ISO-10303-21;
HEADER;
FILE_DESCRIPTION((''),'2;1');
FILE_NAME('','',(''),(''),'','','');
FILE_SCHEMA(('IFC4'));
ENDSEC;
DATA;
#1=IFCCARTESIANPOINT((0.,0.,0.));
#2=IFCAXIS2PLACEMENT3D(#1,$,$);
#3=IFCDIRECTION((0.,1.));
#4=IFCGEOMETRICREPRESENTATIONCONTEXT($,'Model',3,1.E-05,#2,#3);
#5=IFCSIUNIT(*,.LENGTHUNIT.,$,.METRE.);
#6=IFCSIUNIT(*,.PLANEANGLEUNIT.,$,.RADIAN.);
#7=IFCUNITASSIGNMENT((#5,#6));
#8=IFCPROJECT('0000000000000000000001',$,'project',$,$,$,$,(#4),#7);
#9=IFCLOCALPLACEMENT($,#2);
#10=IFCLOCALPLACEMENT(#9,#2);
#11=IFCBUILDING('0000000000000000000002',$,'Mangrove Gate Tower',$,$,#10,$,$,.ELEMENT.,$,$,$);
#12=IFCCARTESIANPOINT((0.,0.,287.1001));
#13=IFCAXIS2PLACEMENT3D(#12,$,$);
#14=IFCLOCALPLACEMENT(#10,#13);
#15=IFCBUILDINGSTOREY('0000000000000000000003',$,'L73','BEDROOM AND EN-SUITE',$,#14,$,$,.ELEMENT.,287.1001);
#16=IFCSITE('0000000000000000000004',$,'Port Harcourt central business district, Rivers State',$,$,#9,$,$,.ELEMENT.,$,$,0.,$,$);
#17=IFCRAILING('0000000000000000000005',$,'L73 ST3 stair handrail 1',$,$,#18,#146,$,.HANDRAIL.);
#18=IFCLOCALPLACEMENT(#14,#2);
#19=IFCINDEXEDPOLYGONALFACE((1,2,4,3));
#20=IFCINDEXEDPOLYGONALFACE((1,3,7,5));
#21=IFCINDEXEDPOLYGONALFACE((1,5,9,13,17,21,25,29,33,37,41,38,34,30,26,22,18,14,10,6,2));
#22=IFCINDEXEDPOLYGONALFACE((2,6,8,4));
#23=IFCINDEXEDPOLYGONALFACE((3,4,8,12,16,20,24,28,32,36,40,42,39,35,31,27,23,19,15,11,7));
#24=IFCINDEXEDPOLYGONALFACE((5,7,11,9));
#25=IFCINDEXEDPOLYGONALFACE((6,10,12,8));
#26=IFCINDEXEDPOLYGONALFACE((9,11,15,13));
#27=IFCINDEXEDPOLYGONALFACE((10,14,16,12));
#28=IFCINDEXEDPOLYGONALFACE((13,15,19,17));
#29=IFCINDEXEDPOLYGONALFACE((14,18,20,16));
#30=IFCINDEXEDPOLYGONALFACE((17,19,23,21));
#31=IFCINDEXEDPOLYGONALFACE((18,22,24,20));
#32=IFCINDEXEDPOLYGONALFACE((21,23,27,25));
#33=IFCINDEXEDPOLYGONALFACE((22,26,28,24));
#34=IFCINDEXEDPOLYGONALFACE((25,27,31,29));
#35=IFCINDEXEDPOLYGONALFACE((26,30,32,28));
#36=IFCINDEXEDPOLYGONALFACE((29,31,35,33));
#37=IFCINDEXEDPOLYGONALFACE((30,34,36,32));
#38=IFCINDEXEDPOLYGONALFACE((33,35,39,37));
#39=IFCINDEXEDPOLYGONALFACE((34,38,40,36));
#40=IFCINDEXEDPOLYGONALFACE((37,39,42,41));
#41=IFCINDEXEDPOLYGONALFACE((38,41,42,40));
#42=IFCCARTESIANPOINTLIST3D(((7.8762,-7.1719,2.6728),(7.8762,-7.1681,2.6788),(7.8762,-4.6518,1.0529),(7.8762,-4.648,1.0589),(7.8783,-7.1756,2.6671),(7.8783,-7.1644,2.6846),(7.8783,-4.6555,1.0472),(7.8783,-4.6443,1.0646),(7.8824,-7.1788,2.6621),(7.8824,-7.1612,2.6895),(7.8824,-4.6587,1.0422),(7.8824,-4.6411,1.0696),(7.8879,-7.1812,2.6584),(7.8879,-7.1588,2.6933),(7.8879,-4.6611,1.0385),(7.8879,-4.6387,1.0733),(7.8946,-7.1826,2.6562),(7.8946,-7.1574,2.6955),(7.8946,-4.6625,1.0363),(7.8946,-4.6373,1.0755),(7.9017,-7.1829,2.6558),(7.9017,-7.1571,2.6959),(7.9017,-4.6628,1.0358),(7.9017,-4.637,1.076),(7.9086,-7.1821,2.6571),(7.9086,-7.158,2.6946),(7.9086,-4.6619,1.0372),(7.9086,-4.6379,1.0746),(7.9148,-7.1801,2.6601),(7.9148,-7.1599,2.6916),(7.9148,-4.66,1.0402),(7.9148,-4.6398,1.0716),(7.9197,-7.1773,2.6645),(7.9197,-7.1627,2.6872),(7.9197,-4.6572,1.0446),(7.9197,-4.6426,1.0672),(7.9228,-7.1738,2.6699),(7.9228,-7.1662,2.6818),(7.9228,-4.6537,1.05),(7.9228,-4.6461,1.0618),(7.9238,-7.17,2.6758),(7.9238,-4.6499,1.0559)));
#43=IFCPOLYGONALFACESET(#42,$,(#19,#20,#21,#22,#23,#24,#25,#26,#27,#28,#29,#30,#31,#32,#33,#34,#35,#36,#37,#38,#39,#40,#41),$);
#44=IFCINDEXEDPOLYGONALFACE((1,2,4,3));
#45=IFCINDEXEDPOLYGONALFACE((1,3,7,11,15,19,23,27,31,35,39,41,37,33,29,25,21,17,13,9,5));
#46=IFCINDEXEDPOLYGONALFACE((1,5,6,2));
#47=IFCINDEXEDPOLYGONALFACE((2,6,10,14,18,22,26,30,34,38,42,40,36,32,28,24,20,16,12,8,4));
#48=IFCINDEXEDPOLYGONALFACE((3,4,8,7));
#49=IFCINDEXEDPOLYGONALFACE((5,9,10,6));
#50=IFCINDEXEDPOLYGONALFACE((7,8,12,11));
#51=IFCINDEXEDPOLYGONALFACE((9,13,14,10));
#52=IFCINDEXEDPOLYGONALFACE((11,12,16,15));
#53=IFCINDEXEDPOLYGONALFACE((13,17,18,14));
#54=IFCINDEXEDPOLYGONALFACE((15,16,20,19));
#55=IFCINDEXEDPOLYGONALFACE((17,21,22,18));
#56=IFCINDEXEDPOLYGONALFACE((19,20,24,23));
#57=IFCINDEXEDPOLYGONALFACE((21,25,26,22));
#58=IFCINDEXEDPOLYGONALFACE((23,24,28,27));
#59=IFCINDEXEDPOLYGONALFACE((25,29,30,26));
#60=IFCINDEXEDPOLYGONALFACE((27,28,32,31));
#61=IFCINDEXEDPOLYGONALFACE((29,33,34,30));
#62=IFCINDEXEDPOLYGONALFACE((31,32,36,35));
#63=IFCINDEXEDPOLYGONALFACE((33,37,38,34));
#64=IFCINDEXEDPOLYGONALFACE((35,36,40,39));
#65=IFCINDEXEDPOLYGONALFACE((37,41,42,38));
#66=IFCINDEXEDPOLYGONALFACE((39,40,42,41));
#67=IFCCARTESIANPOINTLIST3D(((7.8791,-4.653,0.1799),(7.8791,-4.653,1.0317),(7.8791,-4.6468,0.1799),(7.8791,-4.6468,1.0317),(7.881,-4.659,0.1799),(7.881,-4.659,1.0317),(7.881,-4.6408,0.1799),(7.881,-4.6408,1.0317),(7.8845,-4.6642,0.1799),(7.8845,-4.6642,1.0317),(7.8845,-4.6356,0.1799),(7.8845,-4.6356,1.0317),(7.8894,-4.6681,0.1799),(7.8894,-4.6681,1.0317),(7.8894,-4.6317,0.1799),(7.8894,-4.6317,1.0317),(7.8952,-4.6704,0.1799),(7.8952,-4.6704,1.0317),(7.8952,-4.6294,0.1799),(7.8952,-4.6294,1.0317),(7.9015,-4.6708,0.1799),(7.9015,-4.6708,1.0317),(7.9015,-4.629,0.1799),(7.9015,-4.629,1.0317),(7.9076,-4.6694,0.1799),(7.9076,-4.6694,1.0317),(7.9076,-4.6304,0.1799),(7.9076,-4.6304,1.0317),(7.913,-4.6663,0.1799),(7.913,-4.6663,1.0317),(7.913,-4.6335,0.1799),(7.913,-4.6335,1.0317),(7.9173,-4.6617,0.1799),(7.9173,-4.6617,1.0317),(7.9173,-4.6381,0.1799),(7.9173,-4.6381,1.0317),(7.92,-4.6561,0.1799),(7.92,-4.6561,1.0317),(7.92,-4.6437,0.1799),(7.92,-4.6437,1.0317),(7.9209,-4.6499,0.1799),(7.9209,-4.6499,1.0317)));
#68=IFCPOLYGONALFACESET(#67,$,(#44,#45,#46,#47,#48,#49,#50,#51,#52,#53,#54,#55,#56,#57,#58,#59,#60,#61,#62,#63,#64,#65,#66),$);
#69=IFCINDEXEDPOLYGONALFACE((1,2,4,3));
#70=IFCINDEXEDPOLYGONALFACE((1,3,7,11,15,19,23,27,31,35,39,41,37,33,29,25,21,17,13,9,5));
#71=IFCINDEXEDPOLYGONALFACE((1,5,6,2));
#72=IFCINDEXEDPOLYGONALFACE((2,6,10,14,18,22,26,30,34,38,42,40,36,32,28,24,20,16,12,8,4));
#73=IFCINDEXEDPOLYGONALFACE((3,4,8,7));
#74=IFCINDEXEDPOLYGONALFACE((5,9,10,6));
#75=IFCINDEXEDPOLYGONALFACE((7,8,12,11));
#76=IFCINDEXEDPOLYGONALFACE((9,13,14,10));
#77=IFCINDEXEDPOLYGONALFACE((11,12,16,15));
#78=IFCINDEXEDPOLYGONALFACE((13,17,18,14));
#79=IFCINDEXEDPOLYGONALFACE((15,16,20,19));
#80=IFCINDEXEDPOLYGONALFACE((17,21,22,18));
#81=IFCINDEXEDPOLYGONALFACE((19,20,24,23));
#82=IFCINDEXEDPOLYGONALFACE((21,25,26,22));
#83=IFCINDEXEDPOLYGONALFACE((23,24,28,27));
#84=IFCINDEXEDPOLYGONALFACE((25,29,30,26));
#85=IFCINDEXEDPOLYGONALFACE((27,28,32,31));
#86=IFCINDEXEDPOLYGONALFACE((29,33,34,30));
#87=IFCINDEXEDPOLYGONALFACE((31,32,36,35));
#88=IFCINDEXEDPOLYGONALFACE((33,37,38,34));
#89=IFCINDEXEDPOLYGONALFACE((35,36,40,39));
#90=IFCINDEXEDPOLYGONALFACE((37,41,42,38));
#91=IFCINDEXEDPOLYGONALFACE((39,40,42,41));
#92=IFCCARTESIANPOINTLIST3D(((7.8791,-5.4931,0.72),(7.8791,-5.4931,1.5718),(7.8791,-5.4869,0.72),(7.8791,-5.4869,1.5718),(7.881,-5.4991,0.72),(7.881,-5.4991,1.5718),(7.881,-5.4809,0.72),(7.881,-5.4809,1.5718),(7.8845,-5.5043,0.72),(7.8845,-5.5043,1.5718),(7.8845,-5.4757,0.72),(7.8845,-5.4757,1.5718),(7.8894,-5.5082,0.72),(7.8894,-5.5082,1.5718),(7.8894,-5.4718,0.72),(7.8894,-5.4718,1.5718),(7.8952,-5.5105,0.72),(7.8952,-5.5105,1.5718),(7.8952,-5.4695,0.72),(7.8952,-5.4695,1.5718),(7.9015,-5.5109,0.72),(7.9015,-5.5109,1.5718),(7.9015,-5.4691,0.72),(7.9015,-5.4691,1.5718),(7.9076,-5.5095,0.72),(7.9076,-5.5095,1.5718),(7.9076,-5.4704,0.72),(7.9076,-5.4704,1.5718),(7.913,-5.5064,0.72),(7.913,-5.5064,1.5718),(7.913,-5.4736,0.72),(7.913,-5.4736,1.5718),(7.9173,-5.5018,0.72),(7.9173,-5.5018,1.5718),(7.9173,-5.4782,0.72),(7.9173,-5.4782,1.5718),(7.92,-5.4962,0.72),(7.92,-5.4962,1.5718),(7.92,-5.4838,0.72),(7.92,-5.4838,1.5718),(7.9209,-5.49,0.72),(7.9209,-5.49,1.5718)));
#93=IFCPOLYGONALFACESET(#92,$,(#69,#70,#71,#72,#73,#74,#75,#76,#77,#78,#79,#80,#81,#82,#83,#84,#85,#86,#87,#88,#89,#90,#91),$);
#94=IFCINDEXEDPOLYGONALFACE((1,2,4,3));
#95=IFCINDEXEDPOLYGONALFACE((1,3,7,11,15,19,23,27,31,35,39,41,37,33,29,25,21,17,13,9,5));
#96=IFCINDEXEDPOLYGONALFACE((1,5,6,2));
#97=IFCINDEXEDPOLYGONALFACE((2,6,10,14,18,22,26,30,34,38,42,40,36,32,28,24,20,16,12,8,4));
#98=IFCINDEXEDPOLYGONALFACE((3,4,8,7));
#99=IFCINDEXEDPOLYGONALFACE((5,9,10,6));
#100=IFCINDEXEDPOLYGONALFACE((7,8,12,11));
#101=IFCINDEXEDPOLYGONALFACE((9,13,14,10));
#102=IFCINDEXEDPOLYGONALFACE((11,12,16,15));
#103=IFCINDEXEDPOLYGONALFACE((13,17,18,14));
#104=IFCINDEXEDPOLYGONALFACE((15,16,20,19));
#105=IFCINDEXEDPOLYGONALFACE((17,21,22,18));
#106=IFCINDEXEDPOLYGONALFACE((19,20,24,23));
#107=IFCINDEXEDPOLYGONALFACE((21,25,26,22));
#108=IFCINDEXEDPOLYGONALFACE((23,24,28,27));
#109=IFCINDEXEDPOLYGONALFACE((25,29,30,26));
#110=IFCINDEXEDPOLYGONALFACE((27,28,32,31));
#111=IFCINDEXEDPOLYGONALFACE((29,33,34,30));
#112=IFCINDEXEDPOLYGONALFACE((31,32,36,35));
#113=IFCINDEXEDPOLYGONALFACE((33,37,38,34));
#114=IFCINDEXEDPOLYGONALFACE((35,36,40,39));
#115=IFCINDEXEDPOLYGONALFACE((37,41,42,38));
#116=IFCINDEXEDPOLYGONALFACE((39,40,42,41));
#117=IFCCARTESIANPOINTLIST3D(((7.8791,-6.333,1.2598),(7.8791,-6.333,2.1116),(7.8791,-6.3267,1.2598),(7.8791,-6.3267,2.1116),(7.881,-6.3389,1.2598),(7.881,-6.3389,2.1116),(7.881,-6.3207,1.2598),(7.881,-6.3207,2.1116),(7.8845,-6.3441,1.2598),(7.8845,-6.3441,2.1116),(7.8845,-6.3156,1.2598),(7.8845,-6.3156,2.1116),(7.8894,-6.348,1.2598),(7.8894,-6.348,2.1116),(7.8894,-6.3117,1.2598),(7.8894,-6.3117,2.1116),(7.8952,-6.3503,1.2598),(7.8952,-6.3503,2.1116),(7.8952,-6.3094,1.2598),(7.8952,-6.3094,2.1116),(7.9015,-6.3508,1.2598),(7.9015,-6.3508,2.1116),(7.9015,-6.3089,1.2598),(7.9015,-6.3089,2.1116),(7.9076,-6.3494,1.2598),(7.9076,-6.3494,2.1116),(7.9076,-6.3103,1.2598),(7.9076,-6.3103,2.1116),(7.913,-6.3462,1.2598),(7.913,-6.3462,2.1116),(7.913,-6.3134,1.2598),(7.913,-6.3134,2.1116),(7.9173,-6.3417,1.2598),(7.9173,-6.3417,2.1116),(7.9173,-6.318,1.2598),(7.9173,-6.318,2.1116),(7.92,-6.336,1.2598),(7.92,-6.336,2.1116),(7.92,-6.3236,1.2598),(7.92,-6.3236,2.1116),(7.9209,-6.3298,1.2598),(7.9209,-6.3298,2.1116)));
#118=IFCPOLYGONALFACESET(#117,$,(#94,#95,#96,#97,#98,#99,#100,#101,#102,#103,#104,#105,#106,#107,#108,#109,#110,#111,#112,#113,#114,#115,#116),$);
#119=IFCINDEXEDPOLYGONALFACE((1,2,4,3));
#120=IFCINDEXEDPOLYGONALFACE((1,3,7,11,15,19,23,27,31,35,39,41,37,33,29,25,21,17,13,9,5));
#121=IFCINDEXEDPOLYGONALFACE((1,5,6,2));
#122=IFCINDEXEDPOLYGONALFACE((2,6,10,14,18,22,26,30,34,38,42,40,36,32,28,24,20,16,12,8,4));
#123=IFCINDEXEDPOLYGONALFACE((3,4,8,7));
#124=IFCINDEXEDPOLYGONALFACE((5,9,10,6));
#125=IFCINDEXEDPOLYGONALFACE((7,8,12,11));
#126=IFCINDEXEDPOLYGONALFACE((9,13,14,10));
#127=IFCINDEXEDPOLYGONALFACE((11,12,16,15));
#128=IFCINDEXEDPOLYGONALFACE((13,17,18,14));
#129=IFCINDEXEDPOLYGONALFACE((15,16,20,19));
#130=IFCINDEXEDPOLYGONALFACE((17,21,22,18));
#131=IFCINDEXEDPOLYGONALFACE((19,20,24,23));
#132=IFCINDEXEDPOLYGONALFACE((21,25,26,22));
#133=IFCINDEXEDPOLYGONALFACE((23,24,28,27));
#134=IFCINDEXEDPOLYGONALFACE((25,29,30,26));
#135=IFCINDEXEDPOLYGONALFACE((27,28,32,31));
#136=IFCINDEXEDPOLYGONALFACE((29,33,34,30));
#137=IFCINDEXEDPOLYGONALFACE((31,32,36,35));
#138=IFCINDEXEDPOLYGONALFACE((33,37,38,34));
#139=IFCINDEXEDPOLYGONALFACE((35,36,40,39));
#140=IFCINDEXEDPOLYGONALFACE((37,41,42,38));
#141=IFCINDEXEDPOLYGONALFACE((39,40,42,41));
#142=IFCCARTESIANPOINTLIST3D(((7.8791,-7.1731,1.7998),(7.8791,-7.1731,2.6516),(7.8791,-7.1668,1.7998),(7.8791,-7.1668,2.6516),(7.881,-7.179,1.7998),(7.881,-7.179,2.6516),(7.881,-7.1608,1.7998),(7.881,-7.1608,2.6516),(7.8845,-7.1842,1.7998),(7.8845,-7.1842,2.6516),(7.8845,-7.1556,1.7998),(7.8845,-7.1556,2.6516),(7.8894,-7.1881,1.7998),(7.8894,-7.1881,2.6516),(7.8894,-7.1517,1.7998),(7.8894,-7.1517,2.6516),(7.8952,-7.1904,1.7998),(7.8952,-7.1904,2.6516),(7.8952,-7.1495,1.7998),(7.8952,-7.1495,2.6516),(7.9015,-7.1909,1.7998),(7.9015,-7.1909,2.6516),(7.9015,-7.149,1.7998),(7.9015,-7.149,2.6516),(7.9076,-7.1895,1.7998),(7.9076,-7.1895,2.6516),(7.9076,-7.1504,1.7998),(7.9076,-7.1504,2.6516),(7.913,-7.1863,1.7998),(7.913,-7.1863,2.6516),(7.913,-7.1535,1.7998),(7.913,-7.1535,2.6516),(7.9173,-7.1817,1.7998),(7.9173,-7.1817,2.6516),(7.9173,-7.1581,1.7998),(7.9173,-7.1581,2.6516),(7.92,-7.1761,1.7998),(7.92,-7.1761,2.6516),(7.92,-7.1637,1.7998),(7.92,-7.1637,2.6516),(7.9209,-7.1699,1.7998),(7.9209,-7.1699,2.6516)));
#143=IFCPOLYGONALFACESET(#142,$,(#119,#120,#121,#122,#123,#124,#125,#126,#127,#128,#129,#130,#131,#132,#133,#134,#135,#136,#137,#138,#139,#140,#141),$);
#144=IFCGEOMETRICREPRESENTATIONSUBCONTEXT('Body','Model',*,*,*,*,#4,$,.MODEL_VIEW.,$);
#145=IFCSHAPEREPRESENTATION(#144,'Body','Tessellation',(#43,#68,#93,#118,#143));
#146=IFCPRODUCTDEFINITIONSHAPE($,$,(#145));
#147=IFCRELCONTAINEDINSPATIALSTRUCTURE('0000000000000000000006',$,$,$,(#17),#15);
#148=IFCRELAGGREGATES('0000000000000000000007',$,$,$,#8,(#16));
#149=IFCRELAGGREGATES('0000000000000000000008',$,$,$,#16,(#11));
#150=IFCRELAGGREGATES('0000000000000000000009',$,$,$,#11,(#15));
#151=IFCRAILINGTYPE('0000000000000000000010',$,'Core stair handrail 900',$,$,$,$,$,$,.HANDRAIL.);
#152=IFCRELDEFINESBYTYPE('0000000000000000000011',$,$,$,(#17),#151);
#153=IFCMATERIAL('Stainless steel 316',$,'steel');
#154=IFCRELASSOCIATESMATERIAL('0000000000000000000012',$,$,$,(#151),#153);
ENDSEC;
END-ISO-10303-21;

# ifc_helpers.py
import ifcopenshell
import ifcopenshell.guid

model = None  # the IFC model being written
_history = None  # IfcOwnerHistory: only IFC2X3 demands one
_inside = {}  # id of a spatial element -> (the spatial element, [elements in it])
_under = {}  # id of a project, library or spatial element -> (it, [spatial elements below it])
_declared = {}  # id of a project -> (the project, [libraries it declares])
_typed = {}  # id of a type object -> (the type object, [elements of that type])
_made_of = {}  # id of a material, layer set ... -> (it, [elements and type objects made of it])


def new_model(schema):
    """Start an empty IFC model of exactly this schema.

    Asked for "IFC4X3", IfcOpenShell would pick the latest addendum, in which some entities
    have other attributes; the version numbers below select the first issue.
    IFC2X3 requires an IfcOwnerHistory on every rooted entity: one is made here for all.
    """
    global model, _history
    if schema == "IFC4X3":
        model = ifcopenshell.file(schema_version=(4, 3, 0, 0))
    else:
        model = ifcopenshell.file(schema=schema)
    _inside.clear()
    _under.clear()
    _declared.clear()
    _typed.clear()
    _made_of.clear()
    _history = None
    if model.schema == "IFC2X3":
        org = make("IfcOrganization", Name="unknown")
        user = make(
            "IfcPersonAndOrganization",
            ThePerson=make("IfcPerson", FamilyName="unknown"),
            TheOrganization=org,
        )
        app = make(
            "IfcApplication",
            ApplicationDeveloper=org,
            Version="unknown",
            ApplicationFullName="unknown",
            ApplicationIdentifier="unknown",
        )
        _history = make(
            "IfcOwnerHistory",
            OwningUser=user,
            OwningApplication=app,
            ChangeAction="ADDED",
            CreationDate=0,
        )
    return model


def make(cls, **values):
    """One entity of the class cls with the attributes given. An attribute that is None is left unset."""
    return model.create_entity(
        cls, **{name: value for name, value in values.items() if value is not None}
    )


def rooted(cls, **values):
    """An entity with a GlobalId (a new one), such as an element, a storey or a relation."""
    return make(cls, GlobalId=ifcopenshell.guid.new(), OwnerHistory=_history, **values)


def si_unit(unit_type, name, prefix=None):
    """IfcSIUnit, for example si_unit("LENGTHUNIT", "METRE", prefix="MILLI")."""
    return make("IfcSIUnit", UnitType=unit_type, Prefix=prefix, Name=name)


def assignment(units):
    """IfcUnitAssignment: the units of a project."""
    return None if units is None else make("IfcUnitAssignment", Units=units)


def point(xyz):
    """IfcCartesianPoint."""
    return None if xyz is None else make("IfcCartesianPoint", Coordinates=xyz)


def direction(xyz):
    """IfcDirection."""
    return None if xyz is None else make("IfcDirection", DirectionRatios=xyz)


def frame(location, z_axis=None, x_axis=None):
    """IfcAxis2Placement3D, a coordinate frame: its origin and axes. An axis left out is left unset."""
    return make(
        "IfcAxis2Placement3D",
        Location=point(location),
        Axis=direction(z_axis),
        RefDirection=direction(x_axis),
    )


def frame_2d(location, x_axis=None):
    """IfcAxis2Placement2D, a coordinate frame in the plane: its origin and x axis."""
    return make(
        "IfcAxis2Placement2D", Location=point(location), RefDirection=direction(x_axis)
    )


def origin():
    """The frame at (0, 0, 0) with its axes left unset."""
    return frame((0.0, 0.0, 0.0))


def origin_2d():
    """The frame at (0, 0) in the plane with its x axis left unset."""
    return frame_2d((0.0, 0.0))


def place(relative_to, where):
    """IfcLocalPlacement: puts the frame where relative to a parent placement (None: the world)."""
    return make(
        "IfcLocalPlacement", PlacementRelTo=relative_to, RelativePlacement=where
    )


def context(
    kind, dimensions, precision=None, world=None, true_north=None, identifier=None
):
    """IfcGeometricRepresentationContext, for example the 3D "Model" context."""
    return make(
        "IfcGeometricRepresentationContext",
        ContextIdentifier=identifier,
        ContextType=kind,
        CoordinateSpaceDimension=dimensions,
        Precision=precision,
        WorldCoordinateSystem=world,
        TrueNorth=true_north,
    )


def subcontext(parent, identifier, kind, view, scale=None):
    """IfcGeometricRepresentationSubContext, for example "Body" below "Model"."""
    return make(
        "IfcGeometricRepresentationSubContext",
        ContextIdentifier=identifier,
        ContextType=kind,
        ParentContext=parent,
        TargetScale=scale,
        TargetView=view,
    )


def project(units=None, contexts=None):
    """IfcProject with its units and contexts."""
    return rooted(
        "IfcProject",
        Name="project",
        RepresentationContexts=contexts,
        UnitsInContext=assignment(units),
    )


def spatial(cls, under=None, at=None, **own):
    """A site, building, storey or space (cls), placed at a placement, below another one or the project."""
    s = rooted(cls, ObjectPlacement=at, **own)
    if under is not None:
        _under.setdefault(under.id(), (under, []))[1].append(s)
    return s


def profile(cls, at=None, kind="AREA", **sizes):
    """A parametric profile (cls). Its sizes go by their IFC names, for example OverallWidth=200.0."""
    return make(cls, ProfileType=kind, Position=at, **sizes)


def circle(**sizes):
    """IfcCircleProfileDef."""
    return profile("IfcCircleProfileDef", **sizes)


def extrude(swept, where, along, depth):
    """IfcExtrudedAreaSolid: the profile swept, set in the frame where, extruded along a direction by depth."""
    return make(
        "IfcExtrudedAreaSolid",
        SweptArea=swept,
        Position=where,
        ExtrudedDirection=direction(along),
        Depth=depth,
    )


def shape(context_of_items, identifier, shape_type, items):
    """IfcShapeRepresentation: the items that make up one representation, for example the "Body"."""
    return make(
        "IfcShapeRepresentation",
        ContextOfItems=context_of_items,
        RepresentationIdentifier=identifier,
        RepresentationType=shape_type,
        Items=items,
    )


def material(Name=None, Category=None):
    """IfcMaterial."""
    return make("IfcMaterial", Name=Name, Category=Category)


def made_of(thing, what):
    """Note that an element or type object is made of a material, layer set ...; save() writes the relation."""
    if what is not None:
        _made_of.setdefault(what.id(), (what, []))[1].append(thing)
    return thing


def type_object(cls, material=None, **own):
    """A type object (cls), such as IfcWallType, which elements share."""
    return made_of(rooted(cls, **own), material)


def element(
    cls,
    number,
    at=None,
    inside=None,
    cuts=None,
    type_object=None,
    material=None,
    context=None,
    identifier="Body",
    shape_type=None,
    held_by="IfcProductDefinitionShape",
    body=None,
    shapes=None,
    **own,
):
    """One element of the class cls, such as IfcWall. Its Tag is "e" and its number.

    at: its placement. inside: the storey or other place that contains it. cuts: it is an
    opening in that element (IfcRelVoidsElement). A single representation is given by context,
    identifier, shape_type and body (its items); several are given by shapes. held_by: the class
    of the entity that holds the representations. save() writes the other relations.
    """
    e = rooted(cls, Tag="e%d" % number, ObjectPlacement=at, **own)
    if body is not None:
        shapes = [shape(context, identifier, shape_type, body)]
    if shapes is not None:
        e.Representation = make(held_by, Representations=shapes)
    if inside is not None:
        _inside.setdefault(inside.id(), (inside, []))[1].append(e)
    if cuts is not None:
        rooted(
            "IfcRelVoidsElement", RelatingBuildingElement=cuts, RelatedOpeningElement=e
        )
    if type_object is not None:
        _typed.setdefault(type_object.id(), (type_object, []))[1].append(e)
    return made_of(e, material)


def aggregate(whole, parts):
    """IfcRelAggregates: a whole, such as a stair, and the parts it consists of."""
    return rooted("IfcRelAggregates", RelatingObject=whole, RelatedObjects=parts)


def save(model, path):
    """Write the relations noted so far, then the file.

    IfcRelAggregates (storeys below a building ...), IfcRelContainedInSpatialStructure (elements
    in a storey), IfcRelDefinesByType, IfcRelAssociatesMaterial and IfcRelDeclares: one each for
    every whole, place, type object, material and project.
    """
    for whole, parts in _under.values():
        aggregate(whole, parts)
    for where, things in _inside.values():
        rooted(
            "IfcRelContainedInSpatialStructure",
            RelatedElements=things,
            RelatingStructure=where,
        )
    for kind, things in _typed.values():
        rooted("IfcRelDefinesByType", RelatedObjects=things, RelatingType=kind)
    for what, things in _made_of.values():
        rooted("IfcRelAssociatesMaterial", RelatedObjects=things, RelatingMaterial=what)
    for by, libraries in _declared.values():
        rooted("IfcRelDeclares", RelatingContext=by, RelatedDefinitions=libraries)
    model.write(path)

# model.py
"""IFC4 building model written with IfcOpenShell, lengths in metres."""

from ifc_helpers import new_model, si_unit, direction, frame, origin, origin_2d, place, context, subcontext, project, spatial, circle, extrude, material, type_object, element, save


model = new_model("IFC4")

# Units and contexts
model_context = context("Model", 3, precision=1e-05, world=origin(), true_north=direction((0.0, 1.0)))
body_context = subcontext(model_context, "Body", "Model", "MODEL_VIEW")
ifc_project = project(units=[si_unit("LENGTHUNIT", "METRE"), si_unit("PLANEANGLEUNIT", "RADIAN")], contexts=[model_context])

# Site, building, storey
site_placement = place(None, origin())
site = spatial("IfcSite", under=ifc_project, at=site_placement, Name="Port Harcourt central business district, Rivers State", CompositionType="ELEMENT", RefElevation=0.0)
building_placement = place(site_placement, origin())
building = spatial("IfcBuilding", under=site, at=building_placement, Name="Mangrove Gate Tower", CompositionType="ELEMENT")
storey_placement = place(building_placement, frame((0.0, 0.0, 287.1001)))
storey = spatial("IfcBuildingStorey", under=building, at=storey_placement, Name="L73", Description="BEDROOM AND EN-SUITE", CompositionType="ELEMENT", Elevation=287.1001)

# Railing
ifc_material_1 = material(Name="Stainless steel 316", Category="steel")
railing_type_1 = type_object("IfcRailingType", Name="Core stair handrail 900", PredefinedType="HANDRAIL", material=ifc_material_1)
railing_1_placement = place(storey_placement, frame((7.8999, -4.6499, 0.1799)))
element("IfcRailing", 1, at=railing_1_placement, inside=storey, type_object=railing_type_1, Name="L73 ST3 stair handrail 1", PredefinedType="HANDRAIL", context=body_context, shape_type="SweptSolid", body=[
    extrude(circle(Radius=0.0239, at=origin_2d()), frame((0.0, 0.0, 0.876), z_axis=(0.0, -0.8412, 0.540725), x_axis=(1.0, 0.0, 0.0)), (0.0, 0.0, 1.0), 2.9958),
    extrude(circle(Radius=0.021, at=origin_2d()), origin(), (0.0, 0.0, 1.0), 0.8518),
    extrude(circle(Radius=0.021, at=origin_2d()), frame((0.0, -0.8401, 0.54)), (0.0, 0.0, 1.0), 0.8518),
    extrude(circle(Radius=0.021, at=origin_2d()), frame((0.0, -1.6799, 1.0798)), (0.0, 0.0, 1.0), 0.8518),
    extrude(circle(Radius=0.021, at=origin_2d()), frame((0.0, -2.52, 1.6199)), (0.0, 0.0, 1.0), 0.8518),
])

save(model, "model.ifc")
